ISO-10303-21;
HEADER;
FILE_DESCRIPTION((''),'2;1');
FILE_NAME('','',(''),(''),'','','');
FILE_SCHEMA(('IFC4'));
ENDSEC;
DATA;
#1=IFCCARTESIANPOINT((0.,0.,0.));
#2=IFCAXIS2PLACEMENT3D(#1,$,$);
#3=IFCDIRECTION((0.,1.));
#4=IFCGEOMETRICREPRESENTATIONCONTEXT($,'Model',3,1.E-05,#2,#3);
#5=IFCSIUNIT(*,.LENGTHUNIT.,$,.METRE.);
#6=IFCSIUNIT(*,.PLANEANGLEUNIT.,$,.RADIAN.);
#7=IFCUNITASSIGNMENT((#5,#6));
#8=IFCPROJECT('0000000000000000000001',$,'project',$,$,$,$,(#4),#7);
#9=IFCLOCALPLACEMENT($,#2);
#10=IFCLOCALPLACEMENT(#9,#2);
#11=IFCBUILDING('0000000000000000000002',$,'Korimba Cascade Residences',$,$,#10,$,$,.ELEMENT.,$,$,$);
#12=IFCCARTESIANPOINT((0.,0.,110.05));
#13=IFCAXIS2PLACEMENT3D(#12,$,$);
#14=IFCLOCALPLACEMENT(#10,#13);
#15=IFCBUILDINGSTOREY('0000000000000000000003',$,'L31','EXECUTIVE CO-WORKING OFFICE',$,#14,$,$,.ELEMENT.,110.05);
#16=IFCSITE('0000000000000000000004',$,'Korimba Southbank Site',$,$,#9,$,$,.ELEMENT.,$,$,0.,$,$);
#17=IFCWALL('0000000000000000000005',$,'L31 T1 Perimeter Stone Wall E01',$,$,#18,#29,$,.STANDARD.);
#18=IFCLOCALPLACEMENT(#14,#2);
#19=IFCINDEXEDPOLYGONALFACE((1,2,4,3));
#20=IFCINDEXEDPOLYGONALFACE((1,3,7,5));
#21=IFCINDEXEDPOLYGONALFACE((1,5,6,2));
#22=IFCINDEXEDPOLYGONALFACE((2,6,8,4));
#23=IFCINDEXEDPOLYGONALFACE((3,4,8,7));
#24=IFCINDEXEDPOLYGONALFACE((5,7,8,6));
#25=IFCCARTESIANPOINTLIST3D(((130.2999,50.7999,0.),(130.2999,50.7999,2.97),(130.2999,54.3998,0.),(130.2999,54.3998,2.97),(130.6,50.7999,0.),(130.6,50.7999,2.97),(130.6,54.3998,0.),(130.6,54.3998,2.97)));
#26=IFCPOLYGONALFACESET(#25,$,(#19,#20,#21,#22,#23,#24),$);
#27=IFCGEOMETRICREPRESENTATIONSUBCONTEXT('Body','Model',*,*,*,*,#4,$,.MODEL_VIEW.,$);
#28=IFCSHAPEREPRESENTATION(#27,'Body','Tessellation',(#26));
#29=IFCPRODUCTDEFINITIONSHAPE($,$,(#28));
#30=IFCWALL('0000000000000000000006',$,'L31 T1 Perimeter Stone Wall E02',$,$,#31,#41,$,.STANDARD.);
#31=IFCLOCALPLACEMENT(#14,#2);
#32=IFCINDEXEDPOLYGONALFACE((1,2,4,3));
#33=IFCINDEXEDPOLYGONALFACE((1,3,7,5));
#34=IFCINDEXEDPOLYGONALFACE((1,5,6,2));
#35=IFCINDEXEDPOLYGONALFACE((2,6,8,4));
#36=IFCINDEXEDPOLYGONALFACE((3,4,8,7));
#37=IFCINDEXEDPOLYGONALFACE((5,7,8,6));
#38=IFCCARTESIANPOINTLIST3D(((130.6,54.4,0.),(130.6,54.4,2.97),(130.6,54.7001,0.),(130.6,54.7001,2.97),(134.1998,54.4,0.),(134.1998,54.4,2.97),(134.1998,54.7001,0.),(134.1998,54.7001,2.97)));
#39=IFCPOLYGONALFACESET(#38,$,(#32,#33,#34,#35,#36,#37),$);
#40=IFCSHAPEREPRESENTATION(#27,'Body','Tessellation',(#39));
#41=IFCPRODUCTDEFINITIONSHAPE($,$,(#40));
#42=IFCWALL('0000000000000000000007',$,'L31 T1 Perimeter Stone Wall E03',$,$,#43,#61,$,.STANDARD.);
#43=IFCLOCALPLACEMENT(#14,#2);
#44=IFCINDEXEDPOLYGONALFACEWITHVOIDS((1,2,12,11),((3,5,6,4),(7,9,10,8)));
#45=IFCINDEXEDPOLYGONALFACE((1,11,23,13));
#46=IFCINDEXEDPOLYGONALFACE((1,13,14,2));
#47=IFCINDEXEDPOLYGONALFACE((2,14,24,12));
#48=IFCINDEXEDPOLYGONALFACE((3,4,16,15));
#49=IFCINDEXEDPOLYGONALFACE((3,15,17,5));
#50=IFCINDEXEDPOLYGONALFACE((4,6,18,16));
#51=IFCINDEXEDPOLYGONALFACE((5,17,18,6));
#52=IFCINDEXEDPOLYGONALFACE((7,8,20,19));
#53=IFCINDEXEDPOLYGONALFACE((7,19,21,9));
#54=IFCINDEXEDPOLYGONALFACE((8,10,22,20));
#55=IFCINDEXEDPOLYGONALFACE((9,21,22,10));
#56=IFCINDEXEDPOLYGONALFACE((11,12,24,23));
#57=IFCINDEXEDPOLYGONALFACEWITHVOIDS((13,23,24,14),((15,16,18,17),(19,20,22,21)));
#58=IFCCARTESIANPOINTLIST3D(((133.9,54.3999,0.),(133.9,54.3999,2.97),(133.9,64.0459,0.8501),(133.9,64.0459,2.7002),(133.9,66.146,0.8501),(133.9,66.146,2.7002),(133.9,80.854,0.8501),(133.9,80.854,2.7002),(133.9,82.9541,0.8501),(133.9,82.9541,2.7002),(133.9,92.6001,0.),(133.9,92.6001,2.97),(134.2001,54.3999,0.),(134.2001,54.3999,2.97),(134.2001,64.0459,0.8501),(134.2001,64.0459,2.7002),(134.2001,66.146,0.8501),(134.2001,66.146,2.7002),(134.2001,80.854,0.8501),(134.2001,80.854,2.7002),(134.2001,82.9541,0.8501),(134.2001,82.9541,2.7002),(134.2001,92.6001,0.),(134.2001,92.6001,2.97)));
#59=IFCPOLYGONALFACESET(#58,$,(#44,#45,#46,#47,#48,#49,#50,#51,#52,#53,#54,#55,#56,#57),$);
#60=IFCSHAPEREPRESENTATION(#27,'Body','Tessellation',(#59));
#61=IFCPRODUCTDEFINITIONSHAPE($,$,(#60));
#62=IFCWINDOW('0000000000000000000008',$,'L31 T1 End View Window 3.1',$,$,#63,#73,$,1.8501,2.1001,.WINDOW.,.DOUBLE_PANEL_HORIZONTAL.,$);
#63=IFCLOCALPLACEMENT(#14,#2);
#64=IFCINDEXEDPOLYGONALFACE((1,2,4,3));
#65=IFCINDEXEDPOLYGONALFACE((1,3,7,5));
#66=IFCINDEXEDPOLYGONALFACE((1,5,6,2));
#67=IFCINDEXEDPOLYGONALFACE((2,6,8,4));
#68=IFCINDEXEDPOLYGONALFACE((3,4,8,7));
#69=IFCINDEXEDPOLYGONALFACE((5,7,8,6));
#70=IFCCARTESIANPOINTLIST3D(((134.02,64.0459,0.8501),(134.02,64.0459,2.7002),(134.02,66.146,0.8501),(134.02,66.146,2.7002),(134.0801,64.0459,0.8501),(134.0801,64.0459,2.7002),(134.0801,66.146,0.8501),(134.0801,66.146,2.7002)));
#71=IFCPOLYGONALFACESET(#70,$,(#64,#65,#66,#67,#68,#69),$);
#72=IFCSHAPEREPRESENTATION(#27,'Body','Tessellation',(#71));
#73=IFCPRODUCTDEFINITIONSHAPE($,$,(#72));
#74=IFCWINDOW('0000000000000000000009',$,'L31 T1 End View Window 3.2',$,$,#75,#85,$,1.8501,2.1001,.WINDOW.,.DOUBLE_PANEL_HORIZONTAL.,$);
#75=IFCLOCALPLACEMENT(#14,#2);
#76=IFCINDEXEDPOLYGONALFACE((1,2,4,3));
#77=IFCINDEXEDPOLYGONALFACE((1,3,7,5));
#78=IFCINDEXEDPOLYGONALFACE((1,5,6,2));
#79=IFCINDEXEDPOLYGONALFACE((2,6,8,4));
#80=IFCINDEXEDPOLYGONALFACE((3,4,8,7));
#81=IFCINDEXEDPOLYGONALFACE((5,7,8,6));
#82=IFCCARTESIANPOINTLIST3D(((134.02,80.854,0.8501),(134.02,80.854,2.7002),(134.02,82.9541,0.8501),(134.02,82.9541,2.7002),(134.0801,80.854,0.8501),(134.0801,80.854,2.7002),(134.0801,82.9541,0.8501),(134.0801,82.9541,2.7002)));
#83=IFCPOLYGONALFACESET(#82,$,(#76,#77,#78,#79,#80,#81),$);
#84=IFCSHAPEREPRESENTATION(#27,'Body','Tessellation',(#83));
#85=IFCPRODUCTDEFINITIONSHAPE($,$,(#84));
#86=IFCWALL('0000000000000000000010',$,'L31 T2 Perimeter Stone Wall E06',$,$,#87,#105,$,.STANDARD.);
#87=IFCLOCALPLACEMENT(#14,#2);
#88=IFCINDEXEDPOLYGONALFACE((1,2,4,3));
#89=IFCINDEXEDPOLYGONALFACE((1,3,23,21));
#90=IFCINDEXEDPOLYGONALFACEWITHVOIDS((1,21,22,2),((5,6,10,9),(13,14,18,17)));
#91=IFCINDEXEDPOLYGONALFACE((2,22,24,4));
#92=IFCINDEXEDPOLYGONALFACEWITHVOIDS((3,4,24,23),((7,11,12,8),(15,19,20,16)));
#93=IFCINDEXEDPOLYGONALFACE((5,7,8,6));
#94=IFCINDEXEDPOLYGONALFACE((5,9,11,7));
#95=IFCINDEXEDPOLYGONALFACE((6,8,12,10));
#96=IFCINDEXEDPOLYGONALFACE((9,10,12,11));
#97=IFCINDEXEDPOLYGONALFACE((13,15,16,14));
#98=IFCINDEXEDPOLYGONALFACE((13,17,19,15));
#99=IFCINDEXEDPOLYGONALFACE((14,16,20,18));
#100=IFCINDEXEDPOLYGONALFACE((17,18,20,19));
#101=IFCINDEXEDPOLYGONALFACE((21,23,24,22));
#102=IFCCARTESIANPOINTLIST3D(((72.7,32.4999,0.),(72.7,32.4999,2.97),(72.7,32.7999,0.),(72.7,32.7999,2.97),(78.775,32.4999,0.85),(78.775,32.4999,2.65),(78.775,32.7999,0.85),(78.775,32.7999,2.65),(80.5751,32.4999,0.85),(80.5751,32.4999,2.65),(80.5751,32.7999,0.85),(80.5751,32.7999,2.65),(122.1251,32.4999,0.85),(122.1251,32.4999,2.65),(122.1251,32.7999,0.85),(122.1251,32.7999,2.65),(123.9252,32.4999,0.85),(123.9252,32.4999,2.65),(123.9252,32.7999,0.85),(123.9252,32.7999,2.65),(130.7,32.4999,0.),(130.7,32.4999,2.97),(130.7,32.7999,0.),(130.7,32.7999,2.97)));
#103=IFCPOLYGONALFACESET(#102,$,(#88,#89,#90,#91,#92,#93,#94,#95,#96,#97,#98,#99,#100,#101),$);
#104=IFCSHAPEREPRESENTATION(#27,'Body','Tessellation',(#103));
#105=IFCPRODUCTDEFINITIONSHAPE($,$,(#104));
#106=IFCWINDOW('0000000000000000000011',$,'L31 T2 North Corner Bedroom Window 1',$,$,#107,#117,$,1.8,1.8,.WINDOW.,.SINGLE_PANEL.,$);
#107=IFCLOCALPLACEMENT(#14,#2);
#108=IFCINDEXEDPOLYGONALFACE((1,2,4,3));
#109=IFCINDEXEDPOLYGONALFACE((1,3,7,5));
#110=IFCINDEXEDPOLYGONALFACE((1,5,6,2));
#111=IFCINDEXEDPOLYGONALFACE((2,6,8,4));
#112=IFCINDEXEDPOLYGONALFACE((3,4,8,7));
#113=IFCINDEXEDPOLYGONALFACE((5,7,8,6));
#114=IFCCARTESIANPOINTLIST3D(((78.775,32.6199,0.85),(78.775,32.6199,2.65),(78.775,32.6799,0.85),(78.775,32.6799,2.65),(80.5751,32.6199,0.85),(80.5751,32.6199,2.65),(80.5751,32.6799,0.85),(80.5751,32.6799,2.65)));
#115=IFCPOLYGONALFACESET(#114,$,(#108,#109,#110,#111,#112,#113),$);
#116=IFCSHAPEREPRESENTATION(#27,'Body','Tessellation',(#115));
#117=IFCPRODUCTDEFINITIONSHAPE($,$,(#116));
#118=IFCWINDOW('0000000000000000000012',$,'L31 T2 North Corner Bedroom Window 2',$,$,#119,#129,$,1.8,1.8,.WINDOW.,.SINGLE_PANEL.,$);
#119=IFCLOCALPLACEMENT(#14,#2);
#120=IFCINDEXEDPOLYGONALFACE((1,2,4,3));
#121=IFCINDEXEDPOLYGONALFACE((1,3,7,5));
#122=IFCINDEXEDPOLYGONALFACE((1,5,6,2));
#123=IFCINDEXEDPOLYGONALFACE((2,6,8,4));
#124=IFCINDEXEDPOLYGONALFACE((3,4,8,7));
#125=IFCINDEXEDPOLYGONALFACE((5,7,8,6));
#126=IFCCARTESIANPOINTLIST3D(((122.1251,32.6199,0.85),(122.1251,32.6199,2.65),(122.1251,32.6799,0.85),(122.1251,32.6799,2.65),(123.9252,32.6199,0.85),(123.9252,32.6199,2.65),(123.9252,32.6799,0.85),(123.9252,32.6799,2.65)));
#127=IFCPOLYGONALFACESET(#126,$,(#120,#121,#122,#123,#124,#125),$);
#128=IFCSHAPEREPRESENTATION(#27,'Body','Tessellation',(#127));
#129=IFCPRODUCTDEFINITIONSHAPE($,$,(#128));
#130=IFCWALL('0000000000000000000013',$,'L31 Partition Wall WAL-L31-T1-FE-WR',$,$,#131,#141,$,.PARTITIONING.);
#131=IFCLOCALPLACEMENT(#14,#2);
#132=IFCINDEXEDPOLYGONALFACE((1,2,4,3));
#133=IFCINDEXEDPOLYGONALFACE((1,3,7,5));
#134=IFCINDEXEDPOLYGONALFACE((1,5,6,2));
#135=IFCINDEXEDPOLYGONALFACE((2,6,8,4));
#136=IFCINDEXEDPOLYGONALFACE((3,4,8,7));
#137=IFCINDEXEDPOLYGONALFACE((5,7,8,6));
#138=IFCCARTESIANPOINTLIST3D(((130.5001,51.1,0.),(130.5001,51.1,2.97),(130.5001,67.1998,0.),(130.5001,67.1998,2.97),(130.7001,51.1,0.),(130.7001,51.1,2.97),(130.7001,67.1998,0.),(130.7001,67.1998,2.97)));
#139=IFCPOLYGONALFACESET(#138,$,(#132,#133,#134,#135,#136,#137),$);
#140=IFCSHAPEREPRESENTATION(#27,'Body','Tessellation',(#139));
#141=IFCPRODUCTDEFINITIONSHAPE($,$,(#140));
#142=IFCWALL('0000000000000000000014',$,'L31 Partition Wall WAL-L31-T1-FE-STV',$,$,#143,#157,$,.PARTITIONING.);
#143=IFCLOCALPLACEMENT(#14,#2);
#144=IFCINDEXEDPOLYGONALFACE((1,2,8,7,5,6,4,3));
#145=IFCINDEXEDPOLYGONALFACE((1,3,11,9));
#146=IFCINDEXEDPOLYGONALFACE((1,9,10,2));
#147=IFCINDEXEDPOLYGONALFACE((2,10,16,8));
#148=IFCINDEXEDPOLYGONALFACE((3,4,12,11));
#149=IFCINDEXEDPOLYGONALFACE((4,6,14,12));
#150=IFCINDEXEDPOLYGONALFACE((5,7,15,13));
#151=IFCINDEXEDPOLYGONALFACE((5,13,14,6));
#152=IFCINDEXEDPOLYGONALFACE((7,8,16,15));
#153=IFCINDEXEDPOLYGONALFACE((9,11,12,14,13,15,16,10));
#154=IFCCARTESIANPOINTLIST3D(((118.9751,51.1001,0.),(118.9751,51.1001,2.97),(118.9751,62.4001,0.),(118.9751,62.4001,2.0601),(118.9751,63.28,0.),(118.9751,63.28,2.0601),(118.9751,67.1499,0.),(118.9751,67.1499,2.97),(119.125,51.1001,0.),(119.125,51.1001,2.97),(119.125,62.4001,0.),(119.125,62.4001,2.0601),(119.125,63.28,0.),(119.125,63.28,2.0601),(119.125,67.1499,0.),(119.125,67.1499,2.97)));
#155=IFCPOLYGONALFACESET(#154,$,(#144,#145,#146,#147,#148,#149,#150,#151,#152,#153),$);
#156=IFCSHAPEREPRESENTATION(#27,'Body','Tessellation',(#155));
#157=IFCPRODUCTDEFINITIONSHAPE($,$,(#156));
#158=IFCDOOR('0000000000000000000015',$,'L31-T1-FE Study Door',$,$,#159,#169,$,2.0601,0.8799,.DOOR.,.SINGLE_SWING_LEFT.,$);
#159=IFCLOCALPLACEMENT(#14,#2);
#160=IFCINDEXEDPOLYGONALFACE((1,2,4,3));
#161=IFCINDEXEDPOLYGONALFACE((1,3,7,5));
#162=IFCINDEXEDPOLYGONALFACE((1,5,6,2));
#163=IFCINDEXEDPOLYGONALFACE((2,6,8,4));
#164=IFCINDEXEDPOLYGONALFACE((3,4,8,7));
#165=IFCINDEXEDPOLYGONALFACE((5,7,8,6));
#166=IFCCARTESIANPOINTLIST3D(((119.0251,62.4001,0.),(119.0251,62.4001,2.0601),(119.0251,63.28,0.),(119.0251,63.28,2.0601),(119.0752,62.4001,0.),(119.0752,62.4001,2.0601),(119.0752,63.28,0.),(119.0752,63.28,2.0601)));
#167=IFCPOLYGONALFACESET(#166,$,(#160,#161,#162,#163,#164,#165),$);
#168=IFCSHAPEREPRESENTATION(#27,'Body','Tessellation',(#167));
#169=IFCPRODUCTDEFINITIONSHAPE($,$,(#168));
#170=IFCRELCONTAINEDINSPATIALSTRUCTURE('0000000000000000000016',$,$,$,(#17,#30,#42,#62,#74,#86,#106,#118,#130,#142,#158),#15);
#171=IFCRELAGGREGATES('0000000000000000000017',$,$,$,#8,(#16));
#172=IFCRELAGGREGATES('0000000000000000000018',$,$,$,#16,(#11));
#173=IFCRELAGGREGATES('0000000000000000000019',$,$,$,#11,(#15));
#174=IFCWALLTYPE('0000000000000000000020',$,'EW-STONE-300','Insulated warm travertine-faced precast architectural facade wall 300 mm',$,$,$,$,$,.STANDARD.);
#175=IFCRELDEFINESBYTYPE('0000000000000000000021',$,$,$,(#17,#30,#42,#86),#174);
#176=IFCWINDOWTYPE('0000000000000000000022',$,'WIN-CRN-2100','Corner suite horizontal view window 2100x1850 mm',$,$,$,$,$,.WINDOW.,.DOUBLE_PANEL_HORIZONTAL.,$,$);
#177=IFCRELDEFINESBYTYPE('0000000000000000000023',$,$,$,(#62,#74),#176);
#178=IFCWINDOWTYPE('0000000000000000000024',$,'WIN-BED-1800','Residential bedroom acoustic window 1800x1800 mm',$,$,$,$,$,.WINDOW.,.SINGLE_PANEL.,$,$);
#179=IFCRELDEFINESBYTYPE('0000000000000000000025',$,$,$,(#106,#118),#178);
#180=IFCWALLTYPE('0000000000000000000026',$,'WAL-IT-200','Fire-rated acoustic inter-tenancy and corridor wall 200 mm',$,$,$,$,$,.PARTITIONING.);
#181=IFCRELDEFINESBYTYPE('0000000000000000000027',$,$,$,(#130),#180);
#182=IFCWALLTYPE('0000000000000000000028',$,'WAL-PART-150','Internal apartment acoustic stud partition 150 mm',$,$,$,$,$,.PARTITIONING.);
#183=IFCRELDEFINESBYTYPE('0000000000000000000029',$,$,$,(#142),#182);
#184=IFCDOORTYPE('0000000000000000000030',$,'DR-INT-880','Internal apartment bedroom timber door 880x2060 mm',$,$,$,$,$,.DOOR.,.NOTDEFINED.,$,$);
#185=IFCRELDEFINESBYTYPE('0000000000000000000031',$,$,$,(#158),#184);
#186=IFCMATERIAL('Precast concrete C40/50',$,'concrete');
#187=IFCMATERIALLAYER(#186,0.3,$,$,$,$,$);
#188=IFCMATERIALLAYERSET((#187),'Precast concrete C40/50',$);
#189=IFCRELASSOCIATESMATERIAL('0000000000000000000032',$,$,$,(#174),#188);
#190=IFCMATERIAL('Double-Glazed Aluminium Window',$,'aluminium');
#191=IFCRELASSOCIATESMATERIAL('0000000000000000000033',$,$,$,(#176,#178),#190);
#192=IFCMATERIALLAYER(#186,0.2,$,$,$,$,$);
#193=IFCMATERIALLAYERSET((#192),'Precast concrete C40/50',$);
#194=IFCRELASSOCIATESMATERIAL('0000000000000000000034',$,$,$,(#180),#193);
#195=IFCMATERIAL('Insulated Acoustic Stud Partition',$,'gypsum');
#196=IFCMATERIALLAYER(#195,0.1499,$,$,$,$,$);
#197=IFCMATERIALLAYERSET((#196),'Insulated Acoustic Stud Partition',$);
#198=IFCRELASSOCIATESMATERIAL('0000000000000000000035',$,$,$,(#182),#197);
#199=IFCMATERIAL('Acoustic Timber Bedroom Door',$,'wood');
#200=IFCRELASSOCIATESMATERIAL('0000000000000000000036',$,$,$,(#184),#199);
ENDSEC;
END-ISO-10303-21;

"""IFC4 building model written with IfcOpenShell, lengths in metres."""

from ifc_helpers import new_model, si_unit, direction, frame, frame_2d, origin, place, context, subcontext, project, spatial, rectangle, extrude, material, layer, layer_set, type_object, element, fill, save


model = new_model("IFC4")

# Units and contexts
model_context = context("Model", 3, precision=1e-05, world=origin(), true_north=direction((0.0, 1.0)))
body_context = subcontext(model_context, "Body", "Model", "MODEL_VIEW")
ifc_project = project(units=[si_unit("LENGTHUNIT", "METRE"), si_unit("PLANEANGLEUNIT", "RADIAN")], contexts=[model_context])

# Site, building, storey
site_placement = place(None, origin())
site = spatial("IfcSite", under=ifc_project, at=site_placement, Name="Korimba Southbank Site", CompositionType="ELEMENT", RefElevation=0.0)
building_placement = place(site_placement, origin())
building = spatial("IfcBuilding", under=site, at=building_placement, Name="Korimba Cascade Residences", CompositionType="ELEMENT")
storey_placement = place(building_placement, frame((0.0, 0.0, 110.05)))
storey = spatial("IfcBuildingStorey", under=building, at=storey_placement, Name="L31", Description="EXECUTIVE CO-WORKING OFFICE", CompositionType="ELEMENT", Elevation=110.05)

# Walls
ifc_material_1 = material(Name="Precast concrete C40/50", Category="concrete")
ifc_layer_1 = layer(ifc_material_1, 0.3)
ifc_layer_set_1 = layer_set([ifc_layer_1], Name="Precast concrete C40/50")
wall_type_1 = type_object("IfcWallType", Name="EW-STONE-300", Description="Insulated warm travertine-faced precast architectural facade wall 300 mm", PredefinedType="STANDARD", material=ifc_layer_set_1)
for number, where, z_axis, x_axis, name in (
    (1, (130.45, 50.8, 0.0), (0.0, 0.0, 1.0), (0.0, 1.0, 0.0), "L31 T1 Perimeter Stone Wall E01"),
    (2, (130.6001, 54.55, 0.0), (0.0, 0.0, 1.0), (1.0, 0.0, 0.0), "L31 T1 Perimeter Stone Wall E02"),
):
    element("IfcWall", number, at=place(storey_placement, frame(where, z_axis=z_axis, x_axis=x_axis)), inside=storey, type_object=wall_type_1, Name=name, PredefinedType="STANDARD", context=body_context, shape_type="SweptSolid", body=[
        extrude(rectangle(XDim=3.5999, YDim=0.3, at=frame_2d((1.7998, 0.0))), origin(), (0.0, 0.0, 1.0), 2.97),
    ])

# Walls, openings, windows
wall_1_placement = place(storey_placement, frame((134.05, 54.3999, 0.0), z_axis=(0.0, 0.0, 1.0), x_axis=(0.0, 1.0, 0.0)))
wall_1 = element("IfcWall", 3, at=wall_1_placement, inside=storey, type_object=wall_type_1, Name="L31 T1 Perimeter Stone Wall E03", PredefinedType="STANDARD", context=body_context, shape_type="SweptSolid", body=[
    extrude(rectangle(XDim=38.2002, YDim=0.3, at=frame_2d((19.1001, 0.0))), origin(), (0.0, 0.0, 1.0), 2.97),
])
opening_1_placement = place(wall_1_placement, frame((9.646, 0.0, 0.8501)))
opening_1 = element("IfcOpeningElement", 4, at=opening_1_placement, cuts=wall_1, PredefinedType="OPENING", context=body_context, shape_type="SweptSolid", body=[
    extrude(rectangle(XDim=2.1001, YDim=1.8501, at=frame_2d((1.05, 0.925))), frame((0.0, 0.1602, 0.0), z_axis=(0.0, -1.0, 0.0), x_axis=(1.0, 0.0, 0.0)), (0.0, 0.0, 1.0), 0.3201),
])
opening_2_placement = place(wall_1_placement, frame((26.4541, 0.0, 0.8501)))
opening_2 = element("IfcOpeningElement", 5, at=opening_2_placement, cuts=wall_1, PredefinedType="OPENING", context=body_context, shape_type="SweptSolid", body=[
    extrude(rectangle(XDim=2.1001, YDim=1.8501, at=frame_2d((1.05, 0.925))), frame((0.0, 0.1602, 0.0), z_axis=(0.0, -1.0, 0.0), x_axis=(1.0, 0.0, 0.0)), (0.0, 0.0, 1.0), 0.3201),
])
ifc_material_2 = material(Name="Double-Glazed Aluminium Window", Category="aluminium")
window_type_1 = type_object("IfcWindowType", Name="WIN-CRN-2100", Description="Corner suite horizontal view window 2100x1850 mm", PartitioningType="DOUBLE_PANEL_HORIZONTAL", PredefinedType="WINDOW", material=ifc_material_2)
window_1_placement = place(opening_1_placement, origin())
window_1 = element("IfcWindow", 6, at=window_1_placement, inside=storey, type_object=window_type_1, Name="L31 T1 End View Window 3.1", OverallHeight=1.8501, OverallWidth=2.1001, PartitioningType="DOUBLE_PANEL_HORIZONTAL", PredefinedType="WINDOW", context=body_context, shape_type="SweptSolid", body=[
    extrude(rectangle(XDim=2.1001, YDim=1.8501, at=frame_2d((1.05, 0.925))), frame((0.0, 0.03, 0.0), z_axis=(0.0, -1.0, 0.0), x_axis=(1.0, 0.0, 0.0)), (0.0, 0.0, 1.0), 0.0601),
])
fill(opening_1, window_1)
window_2_placement = place(opening_2_placement, origin())
window_2 = element("IfcWindow", 7, at=window_2_placement, inside=storey, type_object=window_type_1, Name="L31 T1 End View Window 3.2", OverallHeight=1.8501, OverallWidth=2.1001, PartitioningType="DOUBLE_PANEL_HORIZONTAL", PredefinedType="WINDOW", context=body_context, shape_type="SweptSolid", body=[
    extrude(rectangle(XDim=2.1001, YDim=1.8501, at=frame_2d((1.05, 0.925))), frame((0.0, 0.03, 0.0), z_axis=(0.0, -1.0, 0.0), x_axis=(1.0, 0.0, 0.0)), (0.0, 0.0, 1.0), 0.0601),
])
fill(opening_2, window_2)
wall_2_placement = place(storey_placement, frame((130.7, 32.6499, 0.0), z_axis=(0.0, 0.0, 1.0), x_axis=(-1.0, 0.0, 0.0)))
wall_2 = element("IfcWall", 8, at=wall_2_placement, inside=storey, type_object=wall_type_1, Name="L31 T2 Perimeter Stone Wall E06", PredefinedType="STANDARD", context=body_context, shape_type="SweptSolid", body=[
    extrude(rectangle(XDim=58.0, YDim=0.3, at=frame_2d((29.0, 0.0))), origin(), (0.0, 0.0, 1.0), 2.97),
])
opening_3_placement = place(wall_2_placement, frame((50.125, 0.0, 0.8501)))
opening_3 = element("IfcOpeningElement", 9, at=opening_3_placement, cuts=wall_2, PredefinedType="OPENING", context=body_context, shape_type="SweptSolid", body=[
    extrude(rectangle(XDim=1.8, YDim=1.8, at=frame_2d((0.8999, 0.8999))), frame((0.0, 0.1602, 0.0), z_axis=(0.0, -1.0, 0.0), x_axis=(1.0, 0.0, 0.0)), (0.0, 0.0, 1.0), 0.3201),
])
opening_4_placement = place(wall_2_placement, frame((6.7749, 0.0, 0.8501)))
opening_4 = element("IfcOpeningElement", 10, at=opening_4_placement, cuts=wall_2, PredefinedType="OPENING", context=body_context, shape_type="SweptSolid", body=[
    extrude(rectangle(XDim=1.8, YDim=1.8, at=frame_2d((0.8999, 0.8999))), frame((0.0, 0.1602, 0.0), z_axis=(0.0, -1.0, 0.0), x_axis=(1.0, 0.0, 0.0)), (0.0, 0.0, 1.0), 0.3201),
])
window_type_2 = type_object("IfcWindowType", Name="WIN-BED-1800", Description="Residential bedroom acoustic window 1800x1800 mm", PartitioningType="SINGLE_PANEL", PredefinedType="WINDOW", material=ifc_material_2)
window_3_placement = place(opening_3_placement, origin())
window_3 = element("IfcWindow", 11, at=window_3_placement, inside=storey, type_object=window_type_2, Name="L31 T2 North Corner Bedroom Window 1", OverallHeight=1.8, OverallWidth=1.8, PartitioningType="SINGLE_PANEL", PredefinedType="WINDOW", context=body_context, shape_type="SweptSolid", body=[
    extrude(rectangle(XDim=1.8, YDim=1.8, at=frame_2d((0.8999, 0.8999))), frame((0.0, 0.03, 0.0), z_axis=(0.0, -1.0, 0.0), x_axis=(1.0, 0.0, 0.0)), (0.0, 0.0, 1.0), 0.0601),
])
fill(opening_3, window_3)
window_4_placement = place(opening_4_placement, origin())
window_4 = element("IfcWindow", 12, at=window_4_placement, inside=storey, type_object=window_type_2, Name="L31 T2 North Corner Bedroom Window 2", OverallHeight=1.8, OverallWidth=1.8, PartitioningType="SINGLE_PANEL", PredefinedType="WINDOW", context=body_context, shape_type="SweptSolid", body=[
    extrude(rectangle(XDim=1.8, YDim=1.8, at=frame_2d((0.8999, 0.8999))), frame((0.0, 0.03, 0.0), z_axis=(0.0, -1.0, 0.0), x_axis=(1.0, 0.0, 0.0)), (0.0, 0.0, 1.0), 0.0601),
])
fill(opening_4, window_4)

# Wall
ifc_layer_2 = layer(ifc_material_1, 0.2)
ifc_layer_set_2 = layer_set([ifc_layer_2], Name="Precast concrete C40/50")
wall_type_2 = type_object("IfcWallType", Name="WAL-IT-200", Description="Fire-rated acoustic inter-tenancy and corridor wall 200 mm", PredefinedType="PARTITIONING", material=ifc_layer_set_2)
wall_3_placement = place(storey_placement, frame((130.6001, 51.1001, 0.0), z_axis=(0.0, 0.0, 1.0), x_axis=(0.0, 1.0, 0.0)))
element("IfcWall", 13, at=wall_3_placement, inside=storey, type_object=wall_type_2, Name="L31 Partition Wall WAL-L31-T1-FE-WR", PredefinedType="PARTITIONING", context=body_context, shape_type="SweptSolid", body=[
    extrude(rectangle(XDim=16.0999, YDim=0.2, at=frame_2d((8.0498, 0.0))), origin(), (0.0, 0.0, 1.0), 2.97),
])

# Wall, opening, door
ifc_material_3 = material(Name="Insulated Acoustic Stud Partition", Category="gypsum")
ifc_layer_3 = layer(ifc_material_3, 0.1499)
ifc_layer_set_3 = layer_set([ifc_layer_3], Name="Insulated Acoustic Stud Partition")
wall_type_3 = type_object("IfcWallType", Name="WAL-PART-150", Description="Internal apartment acoustic stud partition 150 mm", PredefinedType="PARTITIONING", material=ifc_layer_set_3)
wall_4_placement = place(storey_placement, frame((119.05, 51.1001, 0.0), z_axis=(0.0, 0.0, 1.0), x_axis=(0.0, 1.0, 0.0)))
wall_4 = element("IfcWall", 14, at=wall_4_placement, inside=storey, type_object=wall_type_3, Name="L31 Partition Wall WAL-L31-T1-FE-STV", PredefinedType="PARTITIONING", context=body_context, shape_type="SweptSolid", body=[
    extrude(rectangle(XDim=16.0498, YDim=0.1499, at=frame_2d((8.0249, 0.0))), origin(), (0.0, 0.0, 1.0), 2.97),
])
opening_5_placement = place(wall_4_placement, frame((11.3, 0.0, 0.0)))
opening_5 = element("IfcOpeningElement", 15, at=opening_5_placement, cuts=wall_4, PredefinedType="OPENING", context=body_context, shape_type="SweptSolid", body=[
    extrude(rectangle(XDim=0.8799, YDim=2.0601, at=frame_2d((0.4399, 1.03))), frame((0.0, 0.085, 0.0), z_axis=(0.0, -1.0, 0.0), x_axis=(1.0, 0.0, 0.0)), (0.0, 0.0, 1.0), 0.1699),
])
ifc_material_4 = material(Name="Acoustic Timber Bedroom Door", Category="wood")
door_type = type_object("IfcDoorType", Name="DR-INT-880", Description="Internal apartment bedroom timber door 880x2060 mm", OperationType="NOTDEFINED", PredefinedType="DOOR", material=ifc_material_4)
door_placement = place(opening_5_placement, origin())
door = element("IfcDoor", 16, at=door_placement, inside=storey, type_object=door_type, Name="L31-T1-FE Study Door", OperationType="SINGLE_SWING_LEFT", OverallHeight=2.0601, OverallWidth=0.8799, PredefinedType="DOOR", context=body_context, shape_type="SweptSolid", body=[
    extrude(rectangle(XDim=0.8799, YDim=2.0601, at=frame_2d((0.4399, 1.03))), frame((0.0, 0.0249, 0.0), z_axis=(0.0, -1.0, 0.0), x_axis=(1.0, 0.0, 0.0)), (0.0, 0.0, 1.0), 0.05),
])
fill(opening_5, door)

save(model, "model.ifc")
